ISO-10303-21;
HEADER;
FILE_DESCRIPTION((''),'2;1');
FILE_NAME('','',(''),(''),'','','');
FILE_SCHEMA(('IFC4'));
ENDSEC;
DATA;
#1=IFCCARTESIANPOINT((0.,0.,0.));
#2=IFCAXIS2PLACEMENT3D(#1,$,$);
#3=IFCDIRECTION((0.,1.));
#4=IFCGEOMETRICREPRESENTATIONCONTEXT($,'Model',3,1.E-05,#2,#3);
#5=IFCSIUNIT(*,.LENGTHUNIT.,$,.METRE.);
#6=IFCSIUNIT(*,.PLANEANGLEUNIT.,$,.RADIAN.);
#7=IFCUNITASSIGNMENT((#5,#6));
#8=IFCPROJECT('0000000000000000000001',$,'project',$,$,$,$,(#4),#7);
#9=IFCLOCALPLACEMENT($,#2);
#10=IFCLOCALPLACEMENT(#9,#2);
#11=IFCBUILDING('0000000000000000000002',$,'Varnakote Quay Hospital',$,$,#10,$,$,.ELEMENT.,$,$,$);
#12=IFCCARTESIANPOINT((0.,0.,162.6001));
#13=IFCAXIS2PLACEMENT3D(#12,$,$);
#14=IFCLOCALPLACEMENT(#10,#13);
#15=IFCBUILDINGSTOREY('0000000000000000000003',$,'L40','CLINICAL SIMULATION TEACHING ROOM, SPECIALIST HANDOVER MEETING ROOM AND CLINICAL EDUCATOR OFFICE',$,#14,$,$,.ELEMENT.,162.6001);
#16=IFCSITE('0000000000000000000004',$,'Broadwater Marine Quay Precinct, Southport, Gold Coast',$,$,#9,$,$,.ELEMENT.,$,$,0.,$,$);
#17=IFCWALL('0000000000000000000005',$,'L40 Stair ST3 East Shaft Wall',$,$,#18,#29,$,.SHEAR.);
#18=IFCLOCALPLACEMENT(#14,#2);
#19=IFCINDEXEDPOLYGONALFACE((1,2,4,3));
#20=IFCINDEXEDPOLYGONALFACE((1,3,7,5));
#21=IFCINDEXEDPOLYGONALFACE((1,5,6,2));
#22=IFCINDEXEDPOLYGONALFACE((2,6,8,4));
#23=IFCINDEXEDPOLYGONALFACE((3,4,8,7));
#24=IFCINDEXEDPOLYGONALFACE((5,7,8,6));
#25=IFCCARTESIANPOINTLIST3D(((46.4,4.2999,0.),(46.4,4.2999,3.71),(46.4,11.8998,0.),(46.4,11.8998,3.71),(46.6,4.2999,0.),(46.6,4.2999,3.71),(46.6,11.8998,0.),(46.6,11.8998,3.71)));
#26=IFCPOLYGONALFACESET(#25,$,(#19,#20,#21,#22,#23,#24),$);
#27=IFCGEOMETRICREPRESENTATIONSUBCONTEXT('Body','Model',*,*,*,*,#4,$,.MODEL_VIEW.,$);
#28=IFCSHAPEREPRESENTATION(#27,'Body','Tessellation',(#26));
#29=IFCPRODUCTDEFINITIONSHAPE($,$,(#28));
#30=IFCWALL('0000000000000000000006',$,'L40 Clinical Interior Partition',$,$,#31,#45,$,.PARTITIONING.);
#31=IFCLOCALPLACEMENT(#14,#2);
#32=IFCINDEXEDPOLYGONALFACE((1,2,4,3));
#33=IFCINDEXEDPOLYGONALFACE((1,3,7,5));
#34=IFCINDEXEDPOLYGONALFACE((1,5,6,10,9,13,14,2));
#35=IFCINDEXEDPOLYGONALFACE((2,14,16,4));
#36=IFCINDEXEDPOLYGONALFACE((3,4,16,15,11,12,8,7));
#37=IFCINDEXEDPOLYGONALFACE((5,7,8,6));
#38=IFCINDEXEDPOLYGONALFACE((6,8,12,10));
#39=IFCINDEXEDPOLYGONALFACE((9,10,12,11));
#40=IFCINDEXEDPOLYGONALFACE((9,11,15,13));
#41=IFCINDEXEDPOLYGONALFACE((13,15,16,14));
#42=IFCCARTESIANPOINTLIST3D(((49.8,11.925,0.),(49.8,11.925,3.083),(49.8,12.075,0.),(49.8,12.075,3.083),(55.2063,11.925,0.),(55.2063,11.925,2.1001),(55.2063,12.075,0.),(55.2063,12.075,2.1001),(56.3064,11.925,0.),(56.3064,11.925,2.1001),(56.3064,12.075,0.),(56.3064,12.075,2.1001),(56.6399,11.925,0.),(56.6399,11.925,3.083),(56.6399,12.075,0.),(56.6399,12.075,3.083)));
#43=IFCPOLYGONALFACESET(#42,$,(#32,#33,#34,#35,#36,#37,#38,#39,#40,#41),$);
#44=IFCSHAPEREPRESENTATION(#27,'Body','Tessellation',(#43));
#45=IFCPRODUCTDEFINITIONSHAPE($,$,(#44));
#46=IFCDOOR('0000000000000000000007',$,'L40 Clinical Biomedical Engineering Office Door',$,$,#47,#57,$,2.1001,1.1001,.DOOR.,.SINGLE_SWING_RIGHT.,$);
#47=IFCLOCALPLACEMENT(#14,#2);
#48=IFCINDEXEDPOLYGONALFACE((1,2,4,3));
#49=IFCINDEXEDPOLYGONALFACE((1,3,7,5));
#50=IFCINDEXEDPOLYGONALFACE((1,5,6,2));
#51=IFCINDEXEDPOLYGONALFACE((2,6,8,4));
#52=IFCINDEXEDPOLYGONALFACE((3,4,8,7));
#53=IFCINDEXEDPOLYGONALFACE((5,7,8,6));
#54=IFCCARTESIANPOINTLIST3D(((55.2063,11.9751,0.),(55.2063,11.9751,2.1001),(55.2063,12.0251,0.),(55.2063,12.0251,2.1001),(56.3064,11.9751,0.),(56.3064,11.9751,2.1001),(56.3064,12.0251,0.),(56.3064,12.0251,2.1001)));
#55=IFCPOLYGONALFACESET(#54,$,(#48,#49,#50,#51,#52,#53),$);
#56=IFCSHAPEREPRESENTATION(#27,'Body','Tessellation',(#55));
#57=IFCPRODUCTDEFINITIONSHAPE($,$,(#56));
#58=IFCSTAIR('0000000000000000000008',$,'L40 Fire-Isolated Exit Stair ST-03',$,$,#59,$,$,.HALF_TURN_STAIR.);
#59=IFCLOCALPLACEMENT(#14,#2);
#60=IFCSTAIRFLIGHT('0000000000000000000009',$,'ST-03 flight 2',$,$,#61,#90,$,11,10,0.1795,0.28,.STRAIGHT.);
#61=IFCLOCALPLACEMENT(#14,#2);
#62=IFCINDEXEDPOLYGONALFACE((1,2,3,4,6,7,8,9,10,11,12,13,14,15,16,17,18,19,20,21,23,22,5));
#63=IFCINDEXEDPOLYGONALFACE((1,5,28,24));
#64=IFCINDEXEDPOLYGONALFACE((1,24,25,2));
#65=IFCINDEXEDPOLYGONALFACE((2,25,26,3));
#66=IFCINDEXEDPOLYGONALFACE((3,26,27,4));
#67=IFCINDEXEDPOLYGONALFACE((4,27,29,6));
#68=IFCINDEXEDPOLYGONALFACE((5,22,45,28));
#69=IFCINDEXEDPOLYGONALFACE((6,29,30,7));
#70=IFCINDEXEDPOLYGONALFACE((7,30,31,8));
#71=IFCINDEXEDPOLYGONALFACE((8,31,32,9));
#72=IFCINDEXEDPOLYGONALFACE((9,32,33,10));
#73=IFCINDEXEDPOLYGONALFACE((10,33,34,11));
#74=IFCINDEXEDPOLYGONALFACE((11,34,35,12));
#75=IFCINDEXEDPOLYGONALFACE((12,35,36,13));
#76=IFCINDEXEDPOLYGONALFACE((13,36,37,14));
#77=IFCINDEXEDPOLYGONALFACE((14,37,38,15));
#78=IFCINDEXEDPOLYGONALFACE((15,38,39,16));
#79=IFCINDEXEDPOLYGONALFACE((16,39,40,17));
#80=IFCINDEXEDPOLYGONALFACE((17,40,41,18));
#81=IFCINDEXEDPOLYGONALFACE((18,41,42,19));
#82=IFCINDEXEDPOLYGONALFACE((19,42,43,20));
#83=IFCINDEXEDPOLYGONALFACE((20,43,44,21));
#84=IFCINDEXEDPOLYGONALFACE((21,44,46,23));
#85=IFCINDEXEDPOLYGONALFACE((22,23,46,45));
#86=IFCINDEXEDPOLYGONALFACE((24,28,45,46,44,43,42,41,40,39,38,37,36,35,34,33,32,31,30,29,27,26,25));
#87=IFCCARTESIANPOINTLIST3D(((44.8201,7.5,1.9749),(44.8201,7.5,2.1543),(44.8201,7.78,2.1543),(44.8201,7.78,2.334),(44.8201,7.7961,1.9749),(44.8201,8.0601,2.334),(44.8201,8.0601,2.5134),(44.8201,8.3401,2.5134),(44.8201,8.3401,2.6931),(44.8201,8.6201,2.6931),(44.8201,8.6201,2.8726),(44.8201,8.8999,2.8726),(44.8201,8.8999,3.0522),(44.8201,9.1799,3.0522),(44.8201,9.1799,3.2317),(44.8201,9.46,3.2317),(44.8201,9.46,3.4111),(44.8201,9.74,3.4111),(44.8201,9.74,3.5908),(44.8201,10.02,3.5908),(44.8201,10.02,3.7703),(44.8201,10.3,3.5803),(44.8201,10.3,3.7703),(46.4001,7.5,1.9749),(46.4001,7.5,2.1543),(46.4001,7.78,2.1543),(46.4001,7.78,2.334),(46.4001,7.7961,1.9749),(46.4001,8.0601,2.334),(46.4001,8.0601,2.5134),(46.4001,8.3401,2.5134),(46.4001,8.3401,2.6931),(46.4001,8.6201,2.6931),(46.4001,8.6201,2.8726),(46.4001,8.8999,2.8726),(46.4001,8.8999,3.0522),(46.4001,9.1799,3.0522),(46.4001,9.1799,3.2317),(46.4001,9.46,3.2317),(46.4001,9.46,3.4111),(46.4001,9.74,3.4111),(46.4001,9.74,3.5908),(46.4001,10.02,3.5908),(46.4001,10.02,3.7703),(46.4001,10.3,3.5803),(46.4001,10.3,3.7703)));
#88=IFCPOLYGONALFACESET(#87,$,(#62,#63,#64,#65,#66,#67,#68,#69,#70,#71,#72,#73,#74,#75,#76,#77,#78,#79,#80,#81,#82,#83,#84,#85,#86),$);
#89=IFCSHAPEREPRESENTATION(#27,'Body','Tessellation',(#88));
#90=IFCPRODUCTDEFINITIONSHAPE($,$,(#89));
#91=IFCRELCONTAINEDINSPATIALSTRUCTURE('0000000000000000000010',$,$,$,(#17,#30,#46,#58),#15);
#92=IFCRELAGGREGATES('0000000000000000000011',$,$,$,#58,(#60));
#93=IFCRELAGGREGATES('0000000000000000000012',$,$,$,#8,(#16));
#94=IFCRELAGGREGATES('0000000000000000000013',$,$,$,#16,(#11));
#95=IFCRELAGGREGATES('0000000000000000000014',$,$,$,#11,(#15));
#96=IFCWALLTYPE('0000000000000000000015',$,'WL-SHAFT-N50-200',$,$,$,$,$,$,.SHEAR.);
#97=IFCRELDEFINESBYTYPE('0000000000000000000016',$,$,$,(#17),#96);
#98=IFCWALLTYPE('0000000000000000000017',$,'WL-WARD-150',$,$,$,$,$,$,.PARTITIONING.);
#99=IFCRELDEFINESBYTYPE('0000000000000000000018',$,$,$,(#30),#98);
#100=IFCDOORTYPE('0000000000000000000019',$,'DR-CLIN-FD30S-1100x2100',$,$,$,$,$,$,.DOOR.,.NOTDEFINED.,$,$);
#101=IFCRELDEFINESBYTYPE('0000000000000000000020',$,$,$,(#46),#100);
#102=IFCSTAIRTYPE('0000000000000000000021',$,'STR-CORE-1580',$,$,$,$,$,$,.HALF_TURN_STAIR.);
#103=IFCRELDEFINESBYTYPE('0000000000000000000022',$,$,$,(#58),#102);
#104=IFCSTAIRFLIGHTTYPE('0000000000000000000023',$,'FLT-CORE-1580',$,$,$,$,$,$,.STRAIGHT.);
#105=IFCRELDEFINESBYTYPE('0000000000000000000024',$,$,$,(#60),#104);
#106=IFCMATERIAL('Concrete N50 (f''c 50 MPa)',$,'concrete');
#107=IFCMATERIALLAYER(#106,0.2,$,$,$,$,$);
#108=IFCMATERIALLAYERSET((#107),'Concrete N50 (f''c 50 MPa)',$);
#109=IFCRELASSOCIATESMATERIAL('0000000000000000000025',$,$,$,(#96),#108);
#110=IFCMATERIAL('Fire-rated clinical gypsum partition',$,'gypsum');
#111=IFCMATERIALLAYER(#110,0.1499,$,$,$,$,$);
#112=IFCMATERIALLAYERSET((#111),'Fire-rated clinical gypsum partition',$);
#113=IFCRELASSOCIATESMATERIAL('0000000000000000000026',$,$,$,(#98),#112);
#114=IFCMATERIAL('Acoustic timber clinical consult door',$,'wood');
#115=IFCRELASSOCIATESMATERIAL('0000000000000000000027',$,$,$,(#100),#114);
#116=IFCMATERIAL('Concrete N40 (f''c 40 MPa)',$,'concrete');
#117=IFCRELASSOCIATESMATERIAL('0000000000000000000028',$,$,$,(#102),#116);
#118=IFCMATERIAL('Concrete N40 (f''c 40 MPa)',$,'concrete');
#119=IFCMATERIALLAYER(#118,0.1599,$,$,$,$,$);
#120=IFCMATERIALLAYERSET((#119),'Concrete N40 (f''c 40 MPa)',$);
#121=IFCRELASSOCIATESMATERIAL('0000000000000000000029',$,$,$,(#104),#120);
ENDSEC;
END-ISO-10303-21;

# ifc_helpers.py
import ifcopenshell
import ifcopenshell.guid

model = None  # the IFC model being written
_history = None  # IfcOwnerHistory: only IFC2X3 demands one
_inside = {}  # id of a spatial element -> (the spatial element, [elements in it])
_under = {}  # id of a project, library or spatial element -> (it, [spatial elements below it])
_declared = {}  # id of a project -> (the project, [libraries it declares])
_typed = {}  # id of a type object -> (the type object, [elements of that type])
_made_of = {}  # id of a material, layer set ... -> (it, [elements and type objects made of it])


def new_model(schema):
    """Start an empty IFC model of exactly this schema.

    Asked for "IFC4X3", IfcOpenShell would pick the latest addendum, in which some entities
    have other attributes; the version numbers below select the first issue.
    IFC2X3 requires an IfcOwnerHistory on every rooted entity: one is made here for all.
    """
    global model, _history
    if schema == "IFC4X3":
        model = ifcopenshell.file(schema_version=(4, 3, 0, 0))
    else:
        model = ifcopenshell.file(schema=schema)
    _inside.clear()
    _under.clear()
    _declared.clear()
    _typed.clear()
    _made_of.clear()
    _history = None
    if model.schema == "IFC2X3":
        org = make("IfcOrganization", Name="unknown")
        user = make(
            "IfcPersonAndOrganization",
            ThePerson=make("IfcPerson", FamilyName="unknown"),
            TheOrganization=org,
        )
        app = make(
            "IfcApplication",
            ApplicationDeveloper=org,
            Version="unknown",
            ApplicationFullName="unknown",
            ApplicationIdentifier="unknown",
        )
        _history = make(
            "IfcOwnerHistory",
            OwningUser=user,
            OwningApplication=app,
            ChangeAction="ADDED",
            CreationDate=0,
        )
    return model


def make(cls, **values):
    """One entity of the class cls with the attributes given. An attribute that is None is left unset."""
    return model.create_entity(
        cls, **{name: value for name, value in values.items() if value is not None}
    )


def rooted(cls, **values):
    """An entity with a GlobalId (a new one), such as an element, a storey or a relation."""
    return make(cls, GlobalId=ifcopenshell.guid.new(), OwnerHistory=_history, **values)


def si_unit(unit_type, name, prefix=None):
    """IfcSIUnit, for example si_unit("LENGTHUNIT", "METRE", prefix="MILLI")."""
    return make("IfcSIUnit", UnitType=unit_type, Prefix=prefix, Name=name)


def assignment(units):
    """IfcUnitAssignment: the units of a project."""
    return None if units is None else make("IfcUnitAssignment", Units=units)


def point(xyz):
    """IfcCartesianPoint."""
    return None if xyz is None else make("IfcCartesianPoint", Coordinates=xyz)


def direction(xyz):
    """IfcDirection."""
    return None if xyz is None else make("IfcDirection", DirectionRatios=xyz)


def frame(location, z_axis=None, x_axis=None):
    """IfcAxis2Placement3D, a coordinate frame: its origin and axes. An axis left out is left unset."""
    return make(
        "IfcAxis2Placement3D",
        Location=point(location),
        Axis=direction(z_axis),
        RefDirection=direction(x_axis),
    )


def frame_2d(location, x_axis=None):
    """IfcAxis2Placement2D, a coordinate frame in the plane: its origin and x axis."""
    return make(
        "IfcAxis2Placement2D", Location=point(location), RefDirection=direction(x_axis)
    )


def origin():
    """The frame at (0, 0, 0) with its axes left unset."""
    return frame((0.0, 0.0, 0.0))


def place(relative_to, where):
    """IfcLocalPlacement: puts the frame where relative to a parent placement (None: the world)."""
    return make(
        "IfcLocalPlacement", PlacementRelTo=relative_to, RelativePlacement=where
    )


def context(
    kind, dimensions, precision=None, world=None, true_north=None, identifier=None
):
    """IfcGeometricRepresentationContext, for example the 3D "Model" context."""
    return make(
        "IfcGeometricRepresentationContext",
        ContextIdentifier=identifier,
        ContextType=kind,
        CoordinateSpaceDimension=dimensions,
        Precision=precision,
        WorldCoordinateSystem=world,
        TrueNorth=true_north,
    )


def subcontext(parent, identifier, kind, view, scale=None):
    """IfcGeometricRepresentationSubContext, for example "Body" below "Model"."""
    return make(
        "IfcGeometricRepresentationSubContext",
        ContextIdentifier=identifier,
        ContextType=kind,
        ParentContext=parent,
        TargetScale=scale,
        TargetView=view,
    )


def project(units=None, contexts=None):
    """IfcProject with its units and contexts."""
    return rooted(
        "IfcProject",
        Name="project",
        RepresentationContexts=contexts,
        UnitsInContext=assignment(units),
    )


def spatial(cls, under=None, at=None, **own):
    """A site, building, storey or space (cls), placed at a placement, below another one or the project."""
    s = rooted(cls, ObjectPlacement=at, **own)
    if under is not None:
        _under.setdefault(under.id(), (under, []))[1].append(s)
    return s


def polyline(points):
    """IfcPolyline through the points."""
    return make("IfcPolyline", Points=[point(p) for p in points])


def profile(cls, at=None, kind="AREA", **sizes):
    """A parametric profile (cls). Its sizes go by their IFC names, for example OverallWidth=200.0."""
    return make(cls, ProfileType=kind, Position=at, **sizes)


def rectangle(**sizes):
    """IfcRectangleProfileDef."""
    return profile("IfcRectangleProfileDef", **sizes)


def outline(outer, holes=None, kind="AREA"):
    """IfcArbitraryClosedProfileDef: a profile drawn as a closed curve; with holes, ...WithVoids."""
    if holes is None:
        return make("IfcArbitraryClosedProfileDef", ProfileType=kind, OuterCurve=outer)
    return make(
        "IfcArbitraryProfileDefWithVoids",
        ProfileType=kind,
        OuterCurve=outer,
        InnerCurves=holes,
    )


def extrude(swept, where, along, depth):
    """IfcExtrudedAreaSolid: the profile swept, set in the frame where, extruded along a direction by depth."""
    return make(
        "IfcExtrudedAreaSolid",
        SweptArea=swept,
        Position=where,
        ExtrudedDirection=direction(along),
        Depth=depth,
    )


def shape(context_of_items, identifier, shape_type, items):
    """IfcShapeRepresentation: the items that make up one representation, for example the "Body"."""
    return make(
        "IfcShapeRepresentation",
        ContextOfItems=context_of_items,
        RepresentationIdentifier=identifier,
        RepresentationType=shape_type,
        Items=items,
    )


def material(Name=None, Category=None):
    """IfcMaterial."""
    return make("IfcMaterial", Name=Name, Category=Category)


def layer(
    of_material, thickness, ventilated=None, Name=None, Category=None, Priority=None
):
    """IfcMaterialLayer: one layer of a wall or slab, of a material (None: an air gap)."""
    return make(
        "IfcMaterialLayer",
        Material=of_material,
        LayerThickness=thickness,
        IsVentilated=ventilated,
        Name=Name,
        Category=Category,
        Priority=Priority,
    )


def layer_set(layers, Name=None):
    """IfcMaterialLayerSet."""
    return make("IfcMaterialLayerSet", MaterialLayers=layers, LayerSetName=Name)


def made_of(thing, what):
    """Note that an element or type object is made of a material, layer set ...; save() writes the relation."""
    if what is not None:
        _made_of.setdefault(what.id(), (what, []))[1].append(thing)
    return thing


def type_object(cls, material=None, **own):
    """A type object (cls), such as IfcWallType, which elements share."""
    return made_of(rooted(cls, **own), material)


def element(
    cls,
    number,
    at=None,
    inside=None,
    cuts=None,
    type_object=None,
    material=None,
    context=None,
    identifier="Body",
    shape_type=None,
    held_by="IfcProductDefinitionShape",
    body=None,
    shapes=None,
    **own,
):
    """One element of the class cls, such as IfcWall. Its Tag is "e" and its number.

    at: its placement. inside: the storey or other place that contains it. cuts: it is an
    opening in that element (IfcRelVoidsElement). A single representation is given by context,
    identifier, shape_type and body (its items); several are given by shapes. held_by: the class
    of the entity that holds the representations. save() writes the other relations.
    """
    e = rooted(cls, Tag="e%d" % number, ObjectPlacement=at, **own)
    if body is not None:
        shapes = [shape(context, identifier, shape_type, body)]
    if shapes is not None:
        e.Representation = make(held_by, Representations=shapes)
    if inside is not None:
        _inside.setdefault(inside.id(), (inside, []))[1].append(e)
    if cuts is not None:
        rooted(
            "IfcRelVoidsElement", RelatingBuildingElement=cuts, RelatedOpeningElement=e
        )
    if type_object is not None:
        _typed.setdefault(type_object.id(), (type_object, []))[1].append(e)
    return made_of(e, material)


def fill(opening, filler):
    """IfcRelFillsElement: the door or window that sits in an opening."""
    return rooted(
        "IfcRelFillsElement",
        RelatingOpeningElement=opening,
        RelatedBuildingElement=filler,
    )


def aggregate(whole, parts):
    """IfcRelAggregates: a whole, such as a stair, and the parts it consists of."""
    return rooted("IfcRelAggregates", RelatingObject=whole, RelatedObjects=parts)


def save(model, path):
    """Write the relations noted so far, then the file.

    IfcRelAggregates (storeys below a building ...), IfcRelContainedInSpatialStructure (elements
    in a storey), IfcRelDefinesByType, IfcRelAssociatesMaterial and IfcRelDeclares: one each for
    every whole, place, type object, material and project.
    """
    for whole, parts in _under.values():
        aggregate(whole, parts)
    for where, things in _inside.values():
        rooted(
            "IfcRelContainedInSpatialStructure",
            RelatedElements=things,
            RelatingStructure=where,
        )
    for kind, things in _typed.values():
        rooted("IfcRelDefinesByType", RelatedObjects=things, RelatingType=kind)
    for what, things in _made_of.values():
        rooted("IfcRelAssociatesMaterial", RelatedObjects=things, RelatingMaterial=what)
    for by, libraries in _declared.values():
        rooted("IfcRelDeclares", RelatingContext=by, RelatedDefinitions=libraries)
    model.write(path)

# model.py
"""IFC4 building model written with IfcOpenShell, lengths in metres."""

from ifc_helpers import new_model, si_unit, direction, frame, frame_2d, origin, place, context, subcontext, project, spatial, polyline, rectangle, outline, extrude, material, layer, layer_set, type_object, element, fill, aggregate, save


model = new_model("IFC4")

# Units and contexts
model_context = context("Model", 3, precision=1e-05, world=origin(), true_north=direction((0.0, 1.0)))
body_context = subcontext(model_context, "Body", "Model", "MODEL_VIEW")
ifc_project = project(units=[si_unit("LENGTHUNIT", "METRE"), si_unit("PLANEANGLEUNIT", "RADIAN")], contexts=[model_context])

# Site, building, storey
site_placement = place(None, origin())
site = spatial("IfcSite", under=ifc_project, at=site_placement, Name="Broadwater Marine Quay Precinct, Southport, Gold Coast", CompositionType="ELEMENT", RefElevation=0.0)
building_placement = place(site_placement, origin())
building = spatial("IfcBuilding", under=site, at=building_placement, Name="Varnakote Quay Hospital", CompositionType="ELEMENT")
storey_placement = place(building_placement, frame((0.0, 0.0, 162.6001)))
storey = spatial("IfcBuildingStorey", under=building, at=storey_placement, Name="L40", Description="CLINICAL SIMULATION TEACHING ROOM, SPECIALIST HANDOVER MEETING ROOM AND CLINICAL EDUCATOR OFFICE", CompositionType="ELEMENT", Elevation=162.6001)

# Wall
ifc_material_1 = material(Name="Concrete N50 (f'c 50 MPa)", Category="concrete")
ifc_layer_1 = layer(ifc_material_1, 0.2)
ifc_layer_set_1 = layer_set([ifc_layer_1], Name="Concrete N50 (f'c 50 MPa)")
wall_type_1 = type_object("IfcWallType", Name="WL-SHAFT-N50-200", PredefinedType="SHEAR", material=ifc_layer_set_1)
wall_1_placement = place(storey_placement, frame((46.5, 4.3, 0.0), z_axis=(0.0, 0.0, 1.0), x_axis=(0.0, 1.0, 0.0)))
element("IfcWall", 1, at=wall_1_placement, inside=storey, type_object=wall_type_1, Name="L40 Stair ST3 East Shaft Wall", PredefinedType="SHEAR", context=body_context, shape_type="SweptSolid", body=[
    extrude(rectangle(XDim=7.5999, YDim=0.2, at=frame_2d((3.7998, 0.0))), origin(), (0.0, 0.0, 1.0), 3.71),
])

# Wall, opening, door
ifc_material_2 = material(Name="Fire-rated clinical gypsum partition", Category="gypsum")
ifc_layer_2 = layer(ifc_material_2, 0.1499)
ifc_layer_set_2 = layer_set([ifc_layer_2], Name="Fire-rated clinical gypsum partition")
wall_type_2 = type_object("IfcWallType", Name="WL-WARD-150", PredefinedType="PARTITIONING", material=ifc_layer_set_2)
wall_2_placement = place(storey_placement, frame((56.6399, 12.0, 0.0), z_axis=(0.0, 0.0, 1.0), x_axis=(-1.0, 0.0, 0.0)))
wall_2 = element("IfcWall", 2, at=wall_2_placement, inside=storey, type_object=wall_type_2, Name="L40 Clinical Interior Partition", PredefinedType="PARTITIONING", context=body_context, shape_type="SweptSolid", body=[
    extrude(rectangle(XDim=6.8398, YDim=0.1499, at=frame_2d((3.4199, 0.0))), origin(), (0.0, 0.0, 1.0), 3.083),
])
opening_placement = place(wall_2_placement, frame((0.3335, 0.0, 0.0)))
opening = element("IfcOpeningElement", 3, at=opening_placement, cuts=wall_2, PredefinedType="OPENING", context=body_context, shape_type="SweptSolid", body=[
    extrude(rectangle(XDim=1.1001, YDim=2.1001, at=frame_2d((0.55, 1.05))), frame((0.0, 0.085, 0.0), z_axis=(0.0, -1.0, 0.0), x_axis=(1.0, 0.0, 0.0)), (0.0, 0.0, 1.0), 0.1699),
])
ifc_material_3 = material(Name="Acoustic timber clinical consult door", Category="wood")
door_type = type_object("IfcDoorType", Name="DR-CLIN-FD30S-1100x2100", OperationType="NOTDEFINED", PredefinedType="DOOR", material=ifc_material_3)
door_placement = place(opening_placement, origin())
door = element("IfcDoor", 4, at=door_placement, inside=storey, type_object=door_type, Name="L40 Clinical Biomedical Engineering Office Door", OperationType="SINGLE_SWING_RIGHT", OverallHeight=2.1001, OverallWidth=1.1001, PredefinedType="DOOR", context=body_context, shape_type="SweptSolid", body=[
    extrude(rectangle(XDim=1.1001, YDim=2.1001, at=frame_2d((0.55, 1.05))), frame((0.0, 0.0249, 0.0), z_axis=(0.0, -1.0, 0.0), x_axis=(1.0, 0.0, 0.0)), (0.0, 0.0, 1.0), 0.05),
])
fill(opening, door)

# Stair, stair flight
ifc_material_4 = material(Name="Concrete N40 (f'c 40 MPa)", Category="concrete")
stair_type = type_object("IfcStairType", Name="STR-CORE-1580", PredefinedType="HALF_TURN_STAIR", material=ifc_material_4)
stair_placement = place(storey_placement, origin())
stair = element("IfcStair", 5, at=stair_placement, inside=storey, type_object=stair_type, Name="L40 Fire-Isolated Exit Stair ST-03", PredefinedType="HALF_TURN_STAIR")
ifc_material_5 = material(Name="Concrete N40 (f'c 40 MPa)", Category="concrete")
ifc_layer_3 = layer(ifc_material_5, 0.1599)
ifc_layer_set_3 = layer_set([ifc_layer_3], Name="Concrete N40 (f'c 40 MPa)")
stair_flight_type = type_object("IfcStairFlightType", Name="FLT-CORE-1580", PredefinedType="STRAIGHT", material=ifc_layer_set_3)
stair_flight_placement = place(storey_placement, frame((45.6101, 7.5, 1.9749), z_axis=(0.0, 0.0, 1.0), x_axis=(0.0, 1.0, 0.0)))
stair_flight = element("IfcStairFlight", 6, at=stair_flight_placement, type_object=stair_flight_type, Name="ST-03 flight 2", NumberOfRisers=11, NumberOfTreads=10, PredefinedType="STRAIGHT", RiserHeight=0.1795, TreadLength=0.28, context=body_context, shape_type="SweptSolid", body=[
    extrude(outline(polyline([(0.0, 0.0), (0.0, 0.1794), (0.28, 0.1794), (0.28, 0.3591), (0.5601, 0.3591), (0.5601, 0.5386), (0.8401, 0.5386), (0.8401, 0.7183), (1.1201, 0.7183), (1.1201, 0.8977), (1.3999, 0.8977), (1.3999, 1.0774), (1.6799, 1.0774), (1.6799, 1.2568), (1.96, 1.2568), (1.96, 1.4363), (2.24, 1.4363), (2.24, 1.616), (2.52, 1.616), (2.52, 1.7954), (2.8, 1.7954), (2.8, 1.9751), (2.8, 1.6055), (0.2961, 0.0), (0.0, 0.0)])), frame((0.0, 0.79, 0.0), z_axis=(0.0, -1.0, 0.0), x_axis=(1.0, 0.0, 0.0)), (0.0, 0.0, 1.0), 1.5801),
])
aggregate(stair, [stair_flight])

save(model, "model.ifc")
